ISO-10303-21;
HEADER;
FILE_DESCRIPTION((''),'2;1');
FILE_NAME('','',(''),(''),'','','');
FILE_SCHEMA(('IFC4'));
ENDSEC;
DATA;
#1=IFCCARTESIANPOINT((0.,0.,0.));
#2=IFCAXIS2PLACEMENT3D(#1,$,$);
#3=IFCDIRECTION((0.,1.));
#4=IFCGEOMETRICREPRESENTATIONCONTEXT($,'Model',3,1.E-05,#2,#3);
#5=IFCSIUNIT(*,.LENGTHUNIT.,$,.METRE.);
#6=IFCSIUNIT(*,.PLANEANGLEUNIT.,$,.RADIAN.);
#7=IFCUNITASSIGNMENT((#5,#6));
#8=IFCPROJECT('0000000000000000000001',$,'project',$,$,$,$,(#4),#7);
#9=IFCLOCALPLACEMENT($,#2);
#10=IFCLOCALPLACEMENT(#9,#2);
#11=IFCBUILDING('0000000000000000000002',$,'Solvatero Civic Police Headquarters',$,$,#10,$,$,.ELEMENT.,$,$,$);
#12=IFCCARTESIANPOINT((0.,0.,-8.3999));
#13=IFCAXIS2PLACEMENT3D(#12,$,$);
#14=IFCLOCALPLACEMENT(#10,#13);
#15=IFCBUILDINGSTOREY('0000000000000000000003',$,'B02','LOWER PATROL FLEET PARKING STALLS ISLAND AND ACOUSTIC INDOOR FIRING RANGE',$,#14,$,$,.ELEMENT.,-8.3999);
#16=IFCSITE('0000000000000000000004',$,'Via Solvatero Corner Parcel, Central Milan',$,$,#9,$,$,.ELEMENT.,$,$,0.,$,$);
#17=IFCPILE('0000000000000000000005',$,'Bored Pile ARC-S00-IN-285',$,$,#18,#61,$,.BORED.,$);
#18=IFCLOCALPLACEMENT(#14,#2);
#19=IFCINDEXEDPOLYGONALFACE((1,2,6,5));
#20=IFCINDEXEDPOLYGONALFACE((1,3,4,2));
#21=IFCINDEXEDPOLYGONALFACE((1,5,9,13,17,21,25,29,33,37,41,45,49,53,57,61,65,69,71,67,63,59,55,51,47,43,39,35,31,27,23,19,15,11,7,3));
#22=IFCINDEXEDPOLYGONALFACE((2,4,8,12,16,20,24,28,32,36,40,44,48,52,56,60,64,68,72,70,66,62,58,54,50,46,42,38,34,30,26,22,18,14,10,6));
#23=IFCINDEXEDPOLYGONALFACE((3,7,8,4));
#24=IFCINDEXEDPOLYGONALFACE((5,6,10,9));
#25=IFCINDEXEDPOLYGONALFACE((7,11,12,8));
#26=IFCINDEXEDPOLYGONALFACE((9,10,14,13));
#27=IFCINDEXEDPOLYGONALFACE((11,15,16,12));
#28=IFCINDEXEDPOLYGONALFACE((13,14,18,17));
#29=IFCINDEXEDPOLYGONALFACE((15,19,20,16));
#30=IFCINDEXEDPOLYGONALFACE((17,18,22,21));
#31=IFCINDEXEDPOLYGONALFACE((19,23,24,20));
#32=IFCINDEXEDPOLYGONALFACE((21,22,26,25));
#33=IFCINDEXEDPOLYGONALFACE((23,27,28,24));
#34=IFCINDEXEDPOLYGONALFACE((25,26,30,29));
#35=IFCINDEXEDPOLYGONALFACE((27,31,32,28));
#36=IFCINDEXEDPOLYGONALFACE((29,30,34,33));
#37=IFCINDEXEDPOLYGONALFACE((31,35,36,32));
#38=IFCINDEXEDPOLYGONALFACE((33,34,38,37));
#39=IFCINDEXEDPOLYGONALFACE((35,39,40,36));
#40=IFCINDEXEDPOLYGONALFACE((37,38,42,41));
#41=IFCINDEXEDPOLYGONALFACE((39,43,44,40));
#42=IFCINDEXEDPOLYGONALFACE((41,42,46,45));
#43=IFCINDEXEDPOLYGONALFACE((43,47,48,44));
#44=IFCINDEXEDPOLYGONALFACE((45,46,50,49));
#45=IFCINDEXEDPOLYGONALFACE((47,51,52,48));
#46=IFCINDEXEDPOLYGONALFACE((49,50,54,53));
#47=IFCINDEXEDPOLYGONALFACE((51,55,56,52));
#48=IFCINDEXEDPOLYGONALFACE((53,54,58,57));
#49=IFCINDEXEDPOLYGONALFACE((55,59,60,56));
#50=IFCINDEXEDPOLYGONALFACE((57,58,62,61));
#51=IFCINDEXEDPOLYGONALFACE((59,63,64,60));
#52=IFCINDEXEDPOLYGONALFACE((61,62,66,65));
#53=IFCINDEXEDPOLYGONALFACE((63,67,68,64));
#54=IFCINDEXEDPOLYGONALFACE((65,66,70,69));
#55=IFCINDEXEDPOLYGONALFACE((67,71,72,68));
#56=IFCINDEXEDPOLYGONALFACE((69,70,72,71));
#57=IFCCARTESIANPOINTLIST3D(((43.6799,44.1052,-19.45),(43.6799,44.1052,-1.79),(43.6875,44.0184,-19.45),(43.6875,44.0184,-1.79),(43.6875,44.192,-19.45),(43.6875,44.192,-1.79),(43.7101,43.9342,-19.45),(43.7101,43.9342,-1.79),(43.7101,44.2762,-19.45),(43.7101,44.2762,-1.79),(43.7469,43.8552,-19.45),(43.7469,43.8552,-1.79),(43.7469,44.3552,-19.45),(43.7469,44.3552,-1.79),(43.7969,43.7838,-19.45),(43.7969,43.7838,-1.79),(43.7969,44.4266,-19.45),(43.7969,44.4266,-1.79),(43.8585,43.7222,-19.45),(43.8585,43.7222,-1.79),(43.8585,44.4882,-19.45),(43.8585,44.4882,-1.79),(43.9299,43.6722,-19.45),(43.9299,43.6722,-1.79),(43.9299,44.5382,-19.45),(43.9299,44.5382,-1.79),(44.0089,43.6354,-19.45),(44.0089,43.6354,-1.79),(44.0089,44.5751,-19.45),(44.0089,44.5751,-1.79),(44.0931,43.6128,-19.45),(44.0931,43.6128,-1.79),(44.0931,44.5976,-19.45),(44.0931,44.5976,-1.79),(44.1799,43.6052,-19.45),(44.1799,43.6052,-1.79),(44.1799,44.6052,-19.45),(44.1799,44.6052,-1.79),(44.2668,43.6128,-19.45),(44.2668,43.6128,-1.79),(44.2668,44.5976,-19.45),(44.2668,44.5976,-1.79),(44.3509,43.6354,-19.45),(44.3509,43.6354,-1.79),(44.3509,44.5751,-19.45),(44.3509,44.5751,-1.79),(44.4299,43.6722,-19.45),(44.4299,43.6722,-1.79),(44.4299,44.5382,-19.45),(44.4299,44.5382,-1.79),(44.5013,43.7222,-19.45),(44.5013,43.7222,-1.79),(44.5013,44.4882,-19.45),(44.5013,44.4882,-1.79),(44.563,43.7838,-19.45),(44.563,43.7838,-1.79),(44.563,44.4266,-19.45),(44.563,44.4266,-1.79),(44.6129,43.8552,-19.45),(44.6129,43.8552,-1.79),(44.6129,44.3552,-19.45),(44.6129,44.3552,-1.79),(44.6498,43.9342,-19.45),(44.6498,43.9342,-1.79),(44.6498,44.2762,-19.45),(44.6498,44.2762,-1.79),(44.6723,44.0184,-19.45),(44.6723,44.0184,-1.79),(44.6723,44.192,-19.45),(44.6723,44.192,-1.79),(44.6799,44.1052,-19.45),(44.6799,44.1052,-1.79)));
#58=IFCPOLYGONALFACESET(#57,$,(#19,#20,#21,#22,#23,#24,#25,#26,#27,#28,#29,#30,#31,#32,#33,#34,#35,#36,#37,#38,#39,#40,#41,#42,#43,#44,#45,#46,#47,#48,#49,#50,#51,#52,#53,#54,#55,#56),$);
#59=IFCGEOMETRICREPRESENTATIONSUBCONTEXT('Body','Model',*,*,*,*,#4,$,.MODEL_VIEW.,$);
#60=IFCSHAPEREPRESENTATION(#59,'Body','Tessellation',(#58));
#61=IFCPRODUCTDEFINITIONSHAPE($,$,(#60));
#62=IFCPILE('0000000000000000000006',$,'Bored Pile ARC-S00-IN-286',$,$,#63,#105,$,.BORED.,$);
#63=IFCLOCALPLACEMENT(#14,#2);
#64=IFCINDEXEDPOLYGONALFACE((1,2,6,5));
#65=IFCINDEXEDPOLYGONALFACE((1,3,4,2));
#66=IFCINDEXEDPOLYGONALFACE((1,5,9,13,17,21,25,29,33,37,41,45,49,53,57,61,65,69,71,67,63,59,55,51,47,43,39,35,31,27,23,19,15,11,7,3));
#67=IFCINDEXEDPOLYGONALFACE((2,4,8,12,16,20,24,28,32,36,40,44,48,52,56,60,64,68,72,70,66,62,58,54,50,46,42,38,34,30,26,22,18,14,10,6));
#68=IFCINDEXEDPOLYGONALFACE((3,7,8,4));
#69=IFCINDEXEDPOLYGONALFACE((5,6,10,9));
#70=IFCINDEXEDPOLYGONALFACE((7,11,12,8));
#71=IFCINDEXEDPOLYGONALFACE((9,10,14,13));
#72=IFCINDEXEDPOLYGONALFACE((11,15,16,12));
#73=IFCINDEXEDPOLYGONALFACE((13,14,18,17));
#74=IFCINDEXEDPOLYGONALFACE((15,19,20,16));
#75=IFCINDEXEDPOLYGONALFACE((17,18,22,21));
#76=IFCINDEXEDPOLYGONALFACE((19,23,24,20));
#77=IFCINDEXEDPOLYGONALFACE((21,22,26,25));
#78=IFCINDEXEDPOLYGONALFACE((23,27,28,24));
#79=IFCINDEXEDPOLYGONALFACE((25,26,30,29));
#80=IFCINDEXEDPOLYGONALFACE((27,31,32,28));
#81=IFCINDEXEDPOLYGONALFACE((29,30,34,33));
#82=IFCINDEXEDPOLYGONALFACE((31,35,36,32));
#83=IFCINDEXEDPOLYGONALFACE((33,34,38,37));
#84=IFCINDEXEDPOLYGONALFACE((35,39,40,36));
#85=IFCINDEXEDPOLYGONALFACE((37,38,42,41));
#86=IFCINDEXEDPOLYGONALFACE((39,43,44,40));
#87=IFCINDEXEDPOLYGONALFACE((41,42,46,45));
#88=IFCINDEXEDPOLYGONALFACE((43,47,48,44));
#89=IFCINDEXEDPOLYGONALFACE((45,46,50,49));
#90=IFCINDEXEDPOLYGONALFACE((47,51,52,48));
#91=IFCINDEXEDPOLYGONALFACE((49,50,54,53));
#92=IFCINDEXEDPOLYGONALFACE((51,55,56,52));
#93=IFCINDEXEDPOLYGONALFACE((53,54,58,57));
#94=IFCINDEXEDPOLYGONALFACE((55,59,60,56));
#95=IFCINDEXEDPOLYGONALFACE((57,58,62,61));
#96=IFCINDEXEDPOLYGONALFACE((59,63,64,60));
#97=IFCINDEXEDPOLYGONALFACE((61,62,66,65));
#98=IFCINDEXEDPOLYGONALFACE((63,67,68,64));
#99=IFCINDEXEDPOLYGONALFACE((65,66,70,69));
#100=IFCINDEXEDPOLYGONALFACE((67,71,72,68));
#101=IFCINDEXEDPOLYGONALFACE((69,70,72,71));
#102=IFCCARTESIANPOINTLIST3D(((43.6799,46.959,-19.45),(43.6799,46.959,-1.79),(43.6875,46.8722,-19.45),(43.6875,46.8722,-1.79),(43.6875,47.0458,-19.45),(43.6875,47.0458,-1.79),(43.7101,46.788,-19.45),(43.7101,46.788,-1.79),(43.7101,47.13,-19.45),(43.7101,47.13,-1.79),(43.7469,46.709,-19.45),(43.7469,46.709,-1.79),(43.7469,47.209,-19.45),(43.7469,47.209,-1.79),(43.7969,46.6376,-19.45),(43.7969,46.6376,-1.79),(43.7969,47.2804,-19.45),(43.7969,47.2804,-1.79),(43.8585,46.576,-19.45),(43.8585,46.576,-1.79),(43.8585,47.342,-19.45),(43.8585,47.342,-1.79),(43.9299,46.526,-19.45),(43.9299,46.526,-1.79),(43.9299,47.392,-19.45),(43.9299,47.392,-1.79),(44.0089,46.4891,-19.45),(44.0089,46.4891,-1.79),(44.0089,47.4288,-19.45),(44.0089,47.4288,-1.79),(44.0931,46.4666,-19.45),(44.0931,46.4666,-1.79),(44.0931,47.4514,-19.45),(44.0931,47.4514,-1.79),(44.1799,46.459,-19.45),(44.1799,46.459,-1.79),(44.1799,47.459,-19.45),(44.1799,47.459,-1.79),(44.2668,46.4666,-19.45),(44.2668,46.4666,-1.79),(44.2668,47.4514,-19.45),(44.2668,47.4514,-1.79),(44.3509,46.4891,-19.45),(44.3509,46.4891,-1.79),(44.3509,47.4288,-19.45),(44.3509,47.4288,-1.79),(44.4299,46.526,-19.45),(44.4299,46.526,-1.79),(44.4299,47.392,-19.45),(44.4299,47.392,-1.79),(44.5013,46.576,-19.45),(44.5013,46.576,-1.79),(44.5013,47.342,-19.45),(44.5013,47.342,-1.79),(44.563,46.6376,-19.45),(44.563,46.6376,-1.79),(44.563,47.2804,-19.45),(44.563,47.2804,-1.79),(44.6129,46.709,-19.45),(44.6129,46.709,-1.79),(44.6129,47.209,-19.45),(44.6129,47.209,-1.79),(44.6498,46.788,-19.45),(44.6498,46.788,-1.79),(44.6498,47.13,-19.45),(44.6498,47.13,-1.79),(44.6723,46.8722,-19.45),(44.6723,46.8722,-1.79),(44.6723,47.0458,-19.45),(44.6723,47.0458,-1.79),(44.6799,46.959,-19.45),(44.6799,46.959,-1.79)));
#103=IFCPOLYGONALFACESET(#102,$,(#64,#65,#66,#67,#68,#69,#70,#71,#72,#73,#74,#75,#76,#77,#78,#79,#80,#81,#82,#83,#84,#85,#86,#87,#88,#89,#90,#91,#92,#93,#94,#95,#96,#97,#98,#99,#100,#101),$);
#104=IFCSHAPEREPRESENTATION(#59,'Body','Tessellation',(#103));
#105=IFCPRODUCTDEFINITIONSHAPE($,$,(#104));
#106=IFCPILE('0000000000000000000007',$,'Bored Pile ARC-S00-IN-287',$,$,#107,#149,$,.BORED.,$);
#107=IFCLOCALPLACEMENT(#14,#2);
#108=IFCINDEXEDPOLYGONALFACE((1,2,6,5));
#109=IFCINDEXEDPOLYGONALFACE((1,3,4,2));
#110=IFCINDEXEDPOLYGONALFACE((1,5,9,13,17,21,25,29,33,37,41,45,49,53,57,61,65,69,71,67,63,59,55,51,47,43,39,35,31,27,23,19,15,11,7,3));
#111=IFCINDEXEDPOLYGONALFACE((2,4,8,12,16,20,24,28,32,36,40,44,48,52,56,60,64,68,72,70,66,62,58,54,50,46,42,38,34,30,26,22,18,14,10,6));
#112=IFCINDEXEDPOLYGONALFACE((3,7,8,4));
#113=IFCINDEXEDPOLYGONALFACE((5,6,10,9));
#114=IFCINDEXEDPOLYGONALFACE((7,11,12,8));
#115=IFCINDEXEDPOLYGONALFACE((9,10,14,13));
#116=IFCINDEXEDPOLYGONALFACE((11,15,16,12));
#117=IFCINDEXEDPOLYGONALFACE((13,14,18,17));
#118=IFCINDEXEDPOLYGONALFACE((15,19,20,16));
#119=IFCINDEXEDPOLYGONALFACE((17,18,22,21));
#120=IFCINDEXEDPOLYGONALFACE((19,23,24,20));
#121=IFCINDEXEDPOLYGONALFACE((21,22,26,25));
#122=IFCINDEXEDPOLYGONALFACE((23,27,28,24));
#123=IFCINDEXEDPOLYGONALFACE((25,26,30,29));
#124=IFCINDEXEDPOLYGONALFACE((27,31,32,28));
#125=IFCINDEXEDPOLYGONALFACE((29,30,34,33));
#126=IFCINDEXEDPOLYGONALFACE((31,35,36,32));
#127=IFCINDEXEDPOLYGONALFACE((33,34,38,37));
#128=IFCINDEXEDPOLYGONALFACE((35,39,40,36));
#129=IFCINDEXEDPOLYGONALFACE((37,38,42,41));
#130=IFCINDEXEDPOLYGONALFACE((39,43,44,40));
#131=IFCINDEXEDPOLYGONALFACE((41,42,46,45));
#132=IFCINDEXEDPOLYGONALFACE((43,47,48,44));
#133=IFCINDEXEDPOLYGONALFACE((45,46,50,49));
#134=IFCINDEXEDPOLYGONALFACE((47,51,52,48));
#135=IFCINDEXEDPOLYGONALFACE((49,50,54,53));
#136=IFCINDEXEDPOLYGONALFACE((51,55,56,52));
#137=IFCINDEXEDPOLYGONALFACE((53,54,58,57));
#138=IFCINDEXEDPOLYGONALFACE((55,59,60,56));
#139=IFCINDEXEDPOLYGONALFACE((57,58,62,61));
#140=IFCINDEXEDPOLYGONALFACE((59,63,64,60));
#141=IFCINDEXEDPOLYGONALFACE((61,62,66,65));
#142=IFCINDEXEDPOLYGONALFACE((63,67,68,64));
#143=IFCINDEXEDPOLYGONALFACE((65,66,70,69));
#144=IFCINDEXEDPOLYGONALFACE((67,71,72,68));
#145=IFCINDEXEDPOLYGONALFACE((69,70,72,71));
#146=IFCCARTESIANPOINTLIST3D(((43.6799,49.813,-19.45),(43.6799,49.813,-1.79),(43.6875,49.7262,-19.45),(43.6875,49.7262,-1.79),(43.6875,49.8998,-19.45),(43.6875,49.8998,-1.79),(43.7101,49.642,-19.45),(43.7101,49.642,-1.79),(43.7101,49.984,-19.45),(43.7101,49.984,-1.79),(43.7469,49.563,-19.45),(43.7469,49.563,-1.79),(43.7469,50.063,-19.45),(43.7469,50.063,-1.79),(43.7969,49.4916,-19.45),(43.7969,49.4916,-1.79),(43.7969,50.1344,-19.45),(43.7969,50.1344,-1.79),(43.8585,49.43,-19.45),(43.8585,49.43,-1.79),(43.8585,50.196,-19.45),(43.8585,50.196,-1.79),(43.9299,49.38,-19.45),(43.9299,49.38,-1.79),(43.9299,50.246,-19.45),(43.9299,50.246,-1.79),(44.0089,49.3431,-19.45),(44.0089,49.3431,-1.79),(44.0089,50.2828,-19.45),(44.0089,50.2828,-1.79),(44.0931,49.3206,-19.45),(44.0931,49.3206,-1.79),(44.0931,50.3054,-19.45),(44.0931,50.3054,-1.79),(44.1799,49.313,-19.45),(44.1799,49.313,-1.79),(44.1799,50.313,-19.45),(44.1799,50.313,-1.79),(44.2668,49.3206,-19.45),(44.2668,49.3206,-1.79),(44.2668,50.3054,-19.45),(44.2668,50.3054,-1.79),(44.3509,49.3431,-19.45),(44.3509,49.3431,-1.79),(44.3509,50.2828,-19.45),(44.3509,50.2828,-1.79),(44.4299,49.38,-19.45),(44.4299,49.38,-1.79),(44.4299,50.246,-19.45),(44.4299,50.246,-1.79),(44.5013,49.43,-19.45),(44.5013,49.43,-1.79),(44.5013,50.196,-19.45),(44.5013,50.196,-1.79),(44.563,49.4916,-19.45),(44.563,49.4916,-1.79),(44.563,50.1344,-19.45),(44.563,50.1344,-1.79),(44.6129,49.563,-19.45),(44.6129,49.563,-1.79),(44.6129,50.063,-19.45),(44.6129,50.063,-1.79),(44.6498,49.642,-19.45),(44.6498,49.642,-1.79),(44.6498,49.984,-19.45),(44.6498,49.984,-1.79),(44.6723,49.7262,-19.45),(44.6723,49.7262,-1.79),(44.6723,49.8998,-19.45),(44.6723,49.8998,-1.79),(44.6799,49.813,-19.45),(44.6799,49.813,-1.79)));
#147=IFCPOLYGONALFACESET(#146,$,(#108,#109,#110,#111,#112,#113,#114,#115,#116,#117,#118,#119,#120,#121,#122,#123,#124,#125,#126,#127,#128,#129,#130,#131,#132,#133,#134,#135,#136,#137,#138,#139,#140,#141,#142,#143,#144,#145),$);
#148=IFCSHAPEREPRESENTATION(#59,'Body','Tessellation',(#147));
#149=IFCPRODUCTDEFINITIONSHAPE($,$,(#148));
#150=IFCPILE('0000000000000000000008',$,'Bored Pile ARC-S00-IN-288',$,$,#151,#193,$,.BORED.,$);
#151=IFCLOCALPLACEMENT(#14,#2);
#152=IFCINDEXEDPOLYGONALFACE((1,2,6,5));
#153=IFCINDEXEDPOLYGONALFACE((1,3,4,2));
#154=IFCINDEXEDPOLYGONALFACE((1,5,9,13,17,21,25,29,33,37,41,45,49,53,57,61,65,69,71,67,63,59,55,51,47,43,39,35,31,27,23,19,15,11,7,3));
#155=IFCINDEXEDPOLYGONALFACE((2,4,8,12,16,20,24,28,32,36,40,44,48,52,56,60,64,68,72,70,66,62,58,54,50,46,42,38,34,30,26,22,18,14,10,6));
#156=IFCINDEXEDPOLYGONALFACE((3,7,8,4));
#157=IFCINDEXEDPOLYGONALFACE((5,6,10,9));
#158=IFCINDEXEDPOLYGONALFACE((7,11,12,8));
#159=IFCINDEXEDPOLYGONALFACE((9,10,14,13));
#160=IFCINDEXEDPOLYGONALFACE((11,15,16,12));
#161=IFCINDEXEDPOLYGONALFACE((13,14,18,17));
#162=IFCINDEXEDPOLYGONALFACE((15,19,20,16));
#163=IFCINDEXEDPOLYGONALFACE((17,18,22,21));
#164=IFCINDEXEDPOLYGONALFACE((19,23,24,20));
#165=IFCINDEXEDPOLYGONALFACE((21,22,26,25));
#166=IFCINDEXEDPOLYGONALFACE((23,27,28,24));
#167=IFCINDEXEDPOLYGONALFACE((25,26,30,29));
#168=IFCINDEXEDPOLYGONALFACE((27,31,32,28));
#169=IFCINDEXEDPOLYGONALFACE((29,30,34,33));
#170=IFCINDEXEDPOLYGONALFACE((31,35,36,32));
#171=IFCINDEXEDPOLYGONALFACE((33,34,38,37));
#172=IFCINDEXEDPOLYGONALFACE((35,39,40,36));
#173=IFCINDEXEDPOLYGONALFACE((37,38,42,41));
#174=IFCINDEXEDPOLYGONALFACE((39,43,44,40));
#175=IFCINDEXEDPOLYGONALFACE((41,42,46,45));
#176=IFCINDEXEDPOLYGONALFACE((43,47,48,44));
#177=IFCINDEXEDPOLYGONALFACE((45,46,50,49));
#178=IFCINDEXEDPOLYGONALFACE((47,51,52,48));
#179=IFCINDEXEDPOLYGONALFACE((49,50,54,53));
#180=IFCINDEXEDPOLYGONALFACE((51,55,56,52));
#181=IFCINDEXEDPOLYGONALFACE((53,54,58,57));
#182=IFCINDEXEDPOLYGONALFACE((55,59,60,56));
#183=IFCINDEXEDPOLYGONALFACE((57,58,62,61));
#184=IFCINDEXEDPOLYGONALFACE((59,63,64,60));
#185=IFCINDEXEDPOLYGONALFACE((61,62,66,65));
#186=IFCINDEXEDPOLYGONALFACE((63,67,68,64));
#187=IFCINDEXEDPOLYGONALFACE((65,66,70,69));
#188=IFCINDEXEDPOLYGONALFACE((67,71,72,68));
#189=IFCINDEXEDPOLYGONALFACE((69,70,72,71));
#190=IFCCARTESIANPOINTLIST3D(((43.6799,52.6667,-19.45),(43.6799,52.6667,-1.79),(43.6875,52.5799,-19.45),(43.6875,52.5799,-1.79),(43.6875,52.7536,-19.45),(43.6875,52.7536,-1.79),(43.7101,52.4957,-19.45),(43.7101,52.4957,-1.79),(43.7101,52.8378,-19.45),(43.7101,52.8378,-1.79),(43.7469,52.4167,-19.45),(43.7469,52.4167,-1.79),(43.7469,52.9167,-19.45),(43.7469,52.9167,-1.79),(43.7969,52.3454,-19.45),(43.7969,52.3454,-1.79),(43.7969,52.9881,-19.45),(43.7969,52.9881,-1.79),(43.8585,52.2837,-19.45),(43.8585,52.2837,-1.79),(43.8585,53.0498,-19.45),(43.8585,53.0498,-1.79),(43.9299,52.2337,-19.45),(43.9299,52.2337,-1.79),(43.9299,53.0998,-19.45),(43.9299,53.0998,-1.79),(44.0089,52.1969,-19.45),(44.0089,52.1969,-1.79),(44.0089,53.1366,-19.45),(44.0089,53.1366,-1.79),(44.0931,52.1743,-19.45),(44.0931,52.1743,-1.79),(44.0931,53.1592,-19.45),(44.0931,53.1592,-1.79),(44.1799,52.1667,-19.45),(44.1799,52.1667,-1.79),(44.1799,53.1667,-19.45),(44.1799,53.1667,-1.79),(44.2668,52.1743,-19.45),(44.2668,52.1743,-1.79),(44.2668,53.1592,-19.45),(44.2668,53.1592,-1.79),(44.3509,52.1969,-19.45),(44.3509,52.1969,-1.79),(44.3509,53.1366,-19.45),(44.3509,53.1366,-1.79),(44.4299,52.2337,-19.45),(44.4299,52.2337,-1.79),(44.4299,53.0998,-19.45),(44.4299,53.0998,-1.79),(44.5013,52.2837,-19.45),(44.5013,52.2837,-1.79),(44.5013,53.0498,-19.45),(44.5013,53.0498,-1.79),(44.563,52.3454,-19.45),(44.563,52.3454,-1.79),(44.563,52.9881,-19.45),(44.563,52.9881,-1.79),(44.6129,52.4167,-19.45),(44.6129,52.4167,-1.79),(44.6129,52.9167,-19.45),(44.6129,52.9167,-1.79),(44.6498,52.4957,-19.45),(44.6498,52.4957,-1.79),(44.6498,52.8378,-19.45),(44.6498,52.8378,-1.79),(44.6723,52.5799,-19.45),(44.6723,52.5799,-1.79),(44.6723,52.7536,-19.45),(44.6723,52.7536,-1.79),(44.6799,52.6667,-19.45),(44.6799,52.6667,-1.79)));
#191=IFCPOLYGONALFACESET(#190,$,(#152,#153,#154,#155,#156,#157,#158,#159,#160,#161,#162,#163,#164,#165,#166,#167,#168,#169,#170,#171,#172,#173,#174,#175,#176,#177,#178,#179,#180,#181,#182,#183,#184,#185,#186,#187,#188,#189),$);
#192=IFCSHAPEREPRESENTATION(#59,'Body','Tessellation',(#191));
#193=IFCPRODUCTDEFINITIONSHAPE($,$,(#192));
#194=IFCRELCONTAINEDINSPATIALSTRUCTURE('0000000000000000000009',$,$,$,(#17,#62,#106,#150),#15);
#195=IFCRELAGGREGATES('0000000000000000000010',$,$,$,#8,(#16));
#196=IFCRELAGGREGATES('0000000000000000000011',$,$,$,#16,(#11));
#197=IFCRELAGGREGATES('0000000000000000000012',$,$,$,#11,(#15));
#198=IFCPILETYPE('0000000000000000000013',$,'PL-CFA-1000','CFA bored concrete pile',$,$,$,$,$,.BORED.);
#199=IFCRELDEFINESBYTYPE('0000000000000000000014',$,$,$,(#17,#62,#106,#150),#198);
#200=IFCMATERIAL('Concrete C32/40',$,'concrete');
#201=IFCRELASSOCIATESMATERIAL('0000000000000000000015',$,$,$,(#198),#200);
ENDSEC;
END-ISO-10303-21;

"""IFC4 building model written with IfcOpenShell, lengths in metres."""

from ifc_helpers import new_model, si_unit, direction, frame, origin, origin_2d, place, context, subcontext, project, spatial, circle, extrude, material, material_profile, profile_set, type_object, element, save


model = new_model("IFC4")

# Units and contexts
model_context = context("Model", 3, precision=1e-05, world=origin(), true_north=direction((0.0, 1.0)))
body_context = subcontext(model_context, "Body", "Model", "MODEL_VIEW")
ifc_project = project(units=[si_unit("LENGTHUNIT", "METRE"), si_unit("PLANEANGLEUNIT", "RADIAN")], contexts=[model_context])

# Site, building, storey
site_placement = place(None, origin())
site = spatial("IfcSite", under=ifc_project, at=site_placement, Name="Via Solvatero Corner Parcel, Central Milan", CompositionType="ELEMENT", RefElevation=0.0)
building_placement = place(site_placement, origin())
building = spatial("IfcBuilding", under=site, at=building_placement, Name="Solvatero Civic Police Headquarters", CompositionType="ELEMENT")
storey_placement = place(building_placement, frame((0.0, 0.0, -8.3999)))
storey = spatial("IfcBuildingStorey", under=building, at=storey_placement, Name="B02", Description="LOWER PATROL FLEET PARKING STALLS ISLAND AND ACOUSTIC INDOOR FIRING RANGE", CompositionType="ELEMENT", Elevation=-8.3999)

# Piles
ifc_material_1 = material(Name="Concrete C32/40", Category="concrete")
ifc_material_profile_1 = material_profile(ifc_material_1, circle(Radius=0.5, at=origin_2d()), Name="CFA PILE D1000")
ifc_profile_set_1 = profile_set([ifc_material_profile_1], Name="Concrete C32/40")
pile_type = type_object("IfcPileType", Name="PL-CFA-1000", Description="CFA bored concrete pile", PredefinedType="BORED", material=ifc_profile_set_1)
for number, where, z_axis, x_axis, name in (
    (1, (44.1799, 44.1052, -1.79), (0.0, 0.0, -1.0), (1.0, 0.0, 0.0), "Bored Pile ARC-S00-IN-285"),
    (2, (44.1799, 46.959, -1.79), (0.0, 0.0, -1.0), (1.0, 0.0, 0.0), "Bored Pile ARC-S00-IN-286"),
    (3, (44.1799, 49.813, -1.79), (0.0, 0.0, -1.0), (1.0, 0.0, 0.0), "Bored Pile ARC-S00-IN-287"),
    (4, (44.1799, 52.6667, -1.79), (0.0, 0.0, -1.0), (1.0, 0.0, 0.0), "Bored Pile ARC-S00-IN-288"),
):
    element("IfcPile", number, at=place(storey_placement, frame(where, z_axis=z_axis, x_axis=x_axis)), inside=storey, type_object=pile_type, Name=name, PredefinedType="BORED", context=body_context, shape_type="SweptSolid", body=[
        extrude(circle(Radius=0.5, at=origin_2d()), origin(), (0.0, 0.0, 1.0), 17.6599),
    ])

save(model, "model.ifc")
